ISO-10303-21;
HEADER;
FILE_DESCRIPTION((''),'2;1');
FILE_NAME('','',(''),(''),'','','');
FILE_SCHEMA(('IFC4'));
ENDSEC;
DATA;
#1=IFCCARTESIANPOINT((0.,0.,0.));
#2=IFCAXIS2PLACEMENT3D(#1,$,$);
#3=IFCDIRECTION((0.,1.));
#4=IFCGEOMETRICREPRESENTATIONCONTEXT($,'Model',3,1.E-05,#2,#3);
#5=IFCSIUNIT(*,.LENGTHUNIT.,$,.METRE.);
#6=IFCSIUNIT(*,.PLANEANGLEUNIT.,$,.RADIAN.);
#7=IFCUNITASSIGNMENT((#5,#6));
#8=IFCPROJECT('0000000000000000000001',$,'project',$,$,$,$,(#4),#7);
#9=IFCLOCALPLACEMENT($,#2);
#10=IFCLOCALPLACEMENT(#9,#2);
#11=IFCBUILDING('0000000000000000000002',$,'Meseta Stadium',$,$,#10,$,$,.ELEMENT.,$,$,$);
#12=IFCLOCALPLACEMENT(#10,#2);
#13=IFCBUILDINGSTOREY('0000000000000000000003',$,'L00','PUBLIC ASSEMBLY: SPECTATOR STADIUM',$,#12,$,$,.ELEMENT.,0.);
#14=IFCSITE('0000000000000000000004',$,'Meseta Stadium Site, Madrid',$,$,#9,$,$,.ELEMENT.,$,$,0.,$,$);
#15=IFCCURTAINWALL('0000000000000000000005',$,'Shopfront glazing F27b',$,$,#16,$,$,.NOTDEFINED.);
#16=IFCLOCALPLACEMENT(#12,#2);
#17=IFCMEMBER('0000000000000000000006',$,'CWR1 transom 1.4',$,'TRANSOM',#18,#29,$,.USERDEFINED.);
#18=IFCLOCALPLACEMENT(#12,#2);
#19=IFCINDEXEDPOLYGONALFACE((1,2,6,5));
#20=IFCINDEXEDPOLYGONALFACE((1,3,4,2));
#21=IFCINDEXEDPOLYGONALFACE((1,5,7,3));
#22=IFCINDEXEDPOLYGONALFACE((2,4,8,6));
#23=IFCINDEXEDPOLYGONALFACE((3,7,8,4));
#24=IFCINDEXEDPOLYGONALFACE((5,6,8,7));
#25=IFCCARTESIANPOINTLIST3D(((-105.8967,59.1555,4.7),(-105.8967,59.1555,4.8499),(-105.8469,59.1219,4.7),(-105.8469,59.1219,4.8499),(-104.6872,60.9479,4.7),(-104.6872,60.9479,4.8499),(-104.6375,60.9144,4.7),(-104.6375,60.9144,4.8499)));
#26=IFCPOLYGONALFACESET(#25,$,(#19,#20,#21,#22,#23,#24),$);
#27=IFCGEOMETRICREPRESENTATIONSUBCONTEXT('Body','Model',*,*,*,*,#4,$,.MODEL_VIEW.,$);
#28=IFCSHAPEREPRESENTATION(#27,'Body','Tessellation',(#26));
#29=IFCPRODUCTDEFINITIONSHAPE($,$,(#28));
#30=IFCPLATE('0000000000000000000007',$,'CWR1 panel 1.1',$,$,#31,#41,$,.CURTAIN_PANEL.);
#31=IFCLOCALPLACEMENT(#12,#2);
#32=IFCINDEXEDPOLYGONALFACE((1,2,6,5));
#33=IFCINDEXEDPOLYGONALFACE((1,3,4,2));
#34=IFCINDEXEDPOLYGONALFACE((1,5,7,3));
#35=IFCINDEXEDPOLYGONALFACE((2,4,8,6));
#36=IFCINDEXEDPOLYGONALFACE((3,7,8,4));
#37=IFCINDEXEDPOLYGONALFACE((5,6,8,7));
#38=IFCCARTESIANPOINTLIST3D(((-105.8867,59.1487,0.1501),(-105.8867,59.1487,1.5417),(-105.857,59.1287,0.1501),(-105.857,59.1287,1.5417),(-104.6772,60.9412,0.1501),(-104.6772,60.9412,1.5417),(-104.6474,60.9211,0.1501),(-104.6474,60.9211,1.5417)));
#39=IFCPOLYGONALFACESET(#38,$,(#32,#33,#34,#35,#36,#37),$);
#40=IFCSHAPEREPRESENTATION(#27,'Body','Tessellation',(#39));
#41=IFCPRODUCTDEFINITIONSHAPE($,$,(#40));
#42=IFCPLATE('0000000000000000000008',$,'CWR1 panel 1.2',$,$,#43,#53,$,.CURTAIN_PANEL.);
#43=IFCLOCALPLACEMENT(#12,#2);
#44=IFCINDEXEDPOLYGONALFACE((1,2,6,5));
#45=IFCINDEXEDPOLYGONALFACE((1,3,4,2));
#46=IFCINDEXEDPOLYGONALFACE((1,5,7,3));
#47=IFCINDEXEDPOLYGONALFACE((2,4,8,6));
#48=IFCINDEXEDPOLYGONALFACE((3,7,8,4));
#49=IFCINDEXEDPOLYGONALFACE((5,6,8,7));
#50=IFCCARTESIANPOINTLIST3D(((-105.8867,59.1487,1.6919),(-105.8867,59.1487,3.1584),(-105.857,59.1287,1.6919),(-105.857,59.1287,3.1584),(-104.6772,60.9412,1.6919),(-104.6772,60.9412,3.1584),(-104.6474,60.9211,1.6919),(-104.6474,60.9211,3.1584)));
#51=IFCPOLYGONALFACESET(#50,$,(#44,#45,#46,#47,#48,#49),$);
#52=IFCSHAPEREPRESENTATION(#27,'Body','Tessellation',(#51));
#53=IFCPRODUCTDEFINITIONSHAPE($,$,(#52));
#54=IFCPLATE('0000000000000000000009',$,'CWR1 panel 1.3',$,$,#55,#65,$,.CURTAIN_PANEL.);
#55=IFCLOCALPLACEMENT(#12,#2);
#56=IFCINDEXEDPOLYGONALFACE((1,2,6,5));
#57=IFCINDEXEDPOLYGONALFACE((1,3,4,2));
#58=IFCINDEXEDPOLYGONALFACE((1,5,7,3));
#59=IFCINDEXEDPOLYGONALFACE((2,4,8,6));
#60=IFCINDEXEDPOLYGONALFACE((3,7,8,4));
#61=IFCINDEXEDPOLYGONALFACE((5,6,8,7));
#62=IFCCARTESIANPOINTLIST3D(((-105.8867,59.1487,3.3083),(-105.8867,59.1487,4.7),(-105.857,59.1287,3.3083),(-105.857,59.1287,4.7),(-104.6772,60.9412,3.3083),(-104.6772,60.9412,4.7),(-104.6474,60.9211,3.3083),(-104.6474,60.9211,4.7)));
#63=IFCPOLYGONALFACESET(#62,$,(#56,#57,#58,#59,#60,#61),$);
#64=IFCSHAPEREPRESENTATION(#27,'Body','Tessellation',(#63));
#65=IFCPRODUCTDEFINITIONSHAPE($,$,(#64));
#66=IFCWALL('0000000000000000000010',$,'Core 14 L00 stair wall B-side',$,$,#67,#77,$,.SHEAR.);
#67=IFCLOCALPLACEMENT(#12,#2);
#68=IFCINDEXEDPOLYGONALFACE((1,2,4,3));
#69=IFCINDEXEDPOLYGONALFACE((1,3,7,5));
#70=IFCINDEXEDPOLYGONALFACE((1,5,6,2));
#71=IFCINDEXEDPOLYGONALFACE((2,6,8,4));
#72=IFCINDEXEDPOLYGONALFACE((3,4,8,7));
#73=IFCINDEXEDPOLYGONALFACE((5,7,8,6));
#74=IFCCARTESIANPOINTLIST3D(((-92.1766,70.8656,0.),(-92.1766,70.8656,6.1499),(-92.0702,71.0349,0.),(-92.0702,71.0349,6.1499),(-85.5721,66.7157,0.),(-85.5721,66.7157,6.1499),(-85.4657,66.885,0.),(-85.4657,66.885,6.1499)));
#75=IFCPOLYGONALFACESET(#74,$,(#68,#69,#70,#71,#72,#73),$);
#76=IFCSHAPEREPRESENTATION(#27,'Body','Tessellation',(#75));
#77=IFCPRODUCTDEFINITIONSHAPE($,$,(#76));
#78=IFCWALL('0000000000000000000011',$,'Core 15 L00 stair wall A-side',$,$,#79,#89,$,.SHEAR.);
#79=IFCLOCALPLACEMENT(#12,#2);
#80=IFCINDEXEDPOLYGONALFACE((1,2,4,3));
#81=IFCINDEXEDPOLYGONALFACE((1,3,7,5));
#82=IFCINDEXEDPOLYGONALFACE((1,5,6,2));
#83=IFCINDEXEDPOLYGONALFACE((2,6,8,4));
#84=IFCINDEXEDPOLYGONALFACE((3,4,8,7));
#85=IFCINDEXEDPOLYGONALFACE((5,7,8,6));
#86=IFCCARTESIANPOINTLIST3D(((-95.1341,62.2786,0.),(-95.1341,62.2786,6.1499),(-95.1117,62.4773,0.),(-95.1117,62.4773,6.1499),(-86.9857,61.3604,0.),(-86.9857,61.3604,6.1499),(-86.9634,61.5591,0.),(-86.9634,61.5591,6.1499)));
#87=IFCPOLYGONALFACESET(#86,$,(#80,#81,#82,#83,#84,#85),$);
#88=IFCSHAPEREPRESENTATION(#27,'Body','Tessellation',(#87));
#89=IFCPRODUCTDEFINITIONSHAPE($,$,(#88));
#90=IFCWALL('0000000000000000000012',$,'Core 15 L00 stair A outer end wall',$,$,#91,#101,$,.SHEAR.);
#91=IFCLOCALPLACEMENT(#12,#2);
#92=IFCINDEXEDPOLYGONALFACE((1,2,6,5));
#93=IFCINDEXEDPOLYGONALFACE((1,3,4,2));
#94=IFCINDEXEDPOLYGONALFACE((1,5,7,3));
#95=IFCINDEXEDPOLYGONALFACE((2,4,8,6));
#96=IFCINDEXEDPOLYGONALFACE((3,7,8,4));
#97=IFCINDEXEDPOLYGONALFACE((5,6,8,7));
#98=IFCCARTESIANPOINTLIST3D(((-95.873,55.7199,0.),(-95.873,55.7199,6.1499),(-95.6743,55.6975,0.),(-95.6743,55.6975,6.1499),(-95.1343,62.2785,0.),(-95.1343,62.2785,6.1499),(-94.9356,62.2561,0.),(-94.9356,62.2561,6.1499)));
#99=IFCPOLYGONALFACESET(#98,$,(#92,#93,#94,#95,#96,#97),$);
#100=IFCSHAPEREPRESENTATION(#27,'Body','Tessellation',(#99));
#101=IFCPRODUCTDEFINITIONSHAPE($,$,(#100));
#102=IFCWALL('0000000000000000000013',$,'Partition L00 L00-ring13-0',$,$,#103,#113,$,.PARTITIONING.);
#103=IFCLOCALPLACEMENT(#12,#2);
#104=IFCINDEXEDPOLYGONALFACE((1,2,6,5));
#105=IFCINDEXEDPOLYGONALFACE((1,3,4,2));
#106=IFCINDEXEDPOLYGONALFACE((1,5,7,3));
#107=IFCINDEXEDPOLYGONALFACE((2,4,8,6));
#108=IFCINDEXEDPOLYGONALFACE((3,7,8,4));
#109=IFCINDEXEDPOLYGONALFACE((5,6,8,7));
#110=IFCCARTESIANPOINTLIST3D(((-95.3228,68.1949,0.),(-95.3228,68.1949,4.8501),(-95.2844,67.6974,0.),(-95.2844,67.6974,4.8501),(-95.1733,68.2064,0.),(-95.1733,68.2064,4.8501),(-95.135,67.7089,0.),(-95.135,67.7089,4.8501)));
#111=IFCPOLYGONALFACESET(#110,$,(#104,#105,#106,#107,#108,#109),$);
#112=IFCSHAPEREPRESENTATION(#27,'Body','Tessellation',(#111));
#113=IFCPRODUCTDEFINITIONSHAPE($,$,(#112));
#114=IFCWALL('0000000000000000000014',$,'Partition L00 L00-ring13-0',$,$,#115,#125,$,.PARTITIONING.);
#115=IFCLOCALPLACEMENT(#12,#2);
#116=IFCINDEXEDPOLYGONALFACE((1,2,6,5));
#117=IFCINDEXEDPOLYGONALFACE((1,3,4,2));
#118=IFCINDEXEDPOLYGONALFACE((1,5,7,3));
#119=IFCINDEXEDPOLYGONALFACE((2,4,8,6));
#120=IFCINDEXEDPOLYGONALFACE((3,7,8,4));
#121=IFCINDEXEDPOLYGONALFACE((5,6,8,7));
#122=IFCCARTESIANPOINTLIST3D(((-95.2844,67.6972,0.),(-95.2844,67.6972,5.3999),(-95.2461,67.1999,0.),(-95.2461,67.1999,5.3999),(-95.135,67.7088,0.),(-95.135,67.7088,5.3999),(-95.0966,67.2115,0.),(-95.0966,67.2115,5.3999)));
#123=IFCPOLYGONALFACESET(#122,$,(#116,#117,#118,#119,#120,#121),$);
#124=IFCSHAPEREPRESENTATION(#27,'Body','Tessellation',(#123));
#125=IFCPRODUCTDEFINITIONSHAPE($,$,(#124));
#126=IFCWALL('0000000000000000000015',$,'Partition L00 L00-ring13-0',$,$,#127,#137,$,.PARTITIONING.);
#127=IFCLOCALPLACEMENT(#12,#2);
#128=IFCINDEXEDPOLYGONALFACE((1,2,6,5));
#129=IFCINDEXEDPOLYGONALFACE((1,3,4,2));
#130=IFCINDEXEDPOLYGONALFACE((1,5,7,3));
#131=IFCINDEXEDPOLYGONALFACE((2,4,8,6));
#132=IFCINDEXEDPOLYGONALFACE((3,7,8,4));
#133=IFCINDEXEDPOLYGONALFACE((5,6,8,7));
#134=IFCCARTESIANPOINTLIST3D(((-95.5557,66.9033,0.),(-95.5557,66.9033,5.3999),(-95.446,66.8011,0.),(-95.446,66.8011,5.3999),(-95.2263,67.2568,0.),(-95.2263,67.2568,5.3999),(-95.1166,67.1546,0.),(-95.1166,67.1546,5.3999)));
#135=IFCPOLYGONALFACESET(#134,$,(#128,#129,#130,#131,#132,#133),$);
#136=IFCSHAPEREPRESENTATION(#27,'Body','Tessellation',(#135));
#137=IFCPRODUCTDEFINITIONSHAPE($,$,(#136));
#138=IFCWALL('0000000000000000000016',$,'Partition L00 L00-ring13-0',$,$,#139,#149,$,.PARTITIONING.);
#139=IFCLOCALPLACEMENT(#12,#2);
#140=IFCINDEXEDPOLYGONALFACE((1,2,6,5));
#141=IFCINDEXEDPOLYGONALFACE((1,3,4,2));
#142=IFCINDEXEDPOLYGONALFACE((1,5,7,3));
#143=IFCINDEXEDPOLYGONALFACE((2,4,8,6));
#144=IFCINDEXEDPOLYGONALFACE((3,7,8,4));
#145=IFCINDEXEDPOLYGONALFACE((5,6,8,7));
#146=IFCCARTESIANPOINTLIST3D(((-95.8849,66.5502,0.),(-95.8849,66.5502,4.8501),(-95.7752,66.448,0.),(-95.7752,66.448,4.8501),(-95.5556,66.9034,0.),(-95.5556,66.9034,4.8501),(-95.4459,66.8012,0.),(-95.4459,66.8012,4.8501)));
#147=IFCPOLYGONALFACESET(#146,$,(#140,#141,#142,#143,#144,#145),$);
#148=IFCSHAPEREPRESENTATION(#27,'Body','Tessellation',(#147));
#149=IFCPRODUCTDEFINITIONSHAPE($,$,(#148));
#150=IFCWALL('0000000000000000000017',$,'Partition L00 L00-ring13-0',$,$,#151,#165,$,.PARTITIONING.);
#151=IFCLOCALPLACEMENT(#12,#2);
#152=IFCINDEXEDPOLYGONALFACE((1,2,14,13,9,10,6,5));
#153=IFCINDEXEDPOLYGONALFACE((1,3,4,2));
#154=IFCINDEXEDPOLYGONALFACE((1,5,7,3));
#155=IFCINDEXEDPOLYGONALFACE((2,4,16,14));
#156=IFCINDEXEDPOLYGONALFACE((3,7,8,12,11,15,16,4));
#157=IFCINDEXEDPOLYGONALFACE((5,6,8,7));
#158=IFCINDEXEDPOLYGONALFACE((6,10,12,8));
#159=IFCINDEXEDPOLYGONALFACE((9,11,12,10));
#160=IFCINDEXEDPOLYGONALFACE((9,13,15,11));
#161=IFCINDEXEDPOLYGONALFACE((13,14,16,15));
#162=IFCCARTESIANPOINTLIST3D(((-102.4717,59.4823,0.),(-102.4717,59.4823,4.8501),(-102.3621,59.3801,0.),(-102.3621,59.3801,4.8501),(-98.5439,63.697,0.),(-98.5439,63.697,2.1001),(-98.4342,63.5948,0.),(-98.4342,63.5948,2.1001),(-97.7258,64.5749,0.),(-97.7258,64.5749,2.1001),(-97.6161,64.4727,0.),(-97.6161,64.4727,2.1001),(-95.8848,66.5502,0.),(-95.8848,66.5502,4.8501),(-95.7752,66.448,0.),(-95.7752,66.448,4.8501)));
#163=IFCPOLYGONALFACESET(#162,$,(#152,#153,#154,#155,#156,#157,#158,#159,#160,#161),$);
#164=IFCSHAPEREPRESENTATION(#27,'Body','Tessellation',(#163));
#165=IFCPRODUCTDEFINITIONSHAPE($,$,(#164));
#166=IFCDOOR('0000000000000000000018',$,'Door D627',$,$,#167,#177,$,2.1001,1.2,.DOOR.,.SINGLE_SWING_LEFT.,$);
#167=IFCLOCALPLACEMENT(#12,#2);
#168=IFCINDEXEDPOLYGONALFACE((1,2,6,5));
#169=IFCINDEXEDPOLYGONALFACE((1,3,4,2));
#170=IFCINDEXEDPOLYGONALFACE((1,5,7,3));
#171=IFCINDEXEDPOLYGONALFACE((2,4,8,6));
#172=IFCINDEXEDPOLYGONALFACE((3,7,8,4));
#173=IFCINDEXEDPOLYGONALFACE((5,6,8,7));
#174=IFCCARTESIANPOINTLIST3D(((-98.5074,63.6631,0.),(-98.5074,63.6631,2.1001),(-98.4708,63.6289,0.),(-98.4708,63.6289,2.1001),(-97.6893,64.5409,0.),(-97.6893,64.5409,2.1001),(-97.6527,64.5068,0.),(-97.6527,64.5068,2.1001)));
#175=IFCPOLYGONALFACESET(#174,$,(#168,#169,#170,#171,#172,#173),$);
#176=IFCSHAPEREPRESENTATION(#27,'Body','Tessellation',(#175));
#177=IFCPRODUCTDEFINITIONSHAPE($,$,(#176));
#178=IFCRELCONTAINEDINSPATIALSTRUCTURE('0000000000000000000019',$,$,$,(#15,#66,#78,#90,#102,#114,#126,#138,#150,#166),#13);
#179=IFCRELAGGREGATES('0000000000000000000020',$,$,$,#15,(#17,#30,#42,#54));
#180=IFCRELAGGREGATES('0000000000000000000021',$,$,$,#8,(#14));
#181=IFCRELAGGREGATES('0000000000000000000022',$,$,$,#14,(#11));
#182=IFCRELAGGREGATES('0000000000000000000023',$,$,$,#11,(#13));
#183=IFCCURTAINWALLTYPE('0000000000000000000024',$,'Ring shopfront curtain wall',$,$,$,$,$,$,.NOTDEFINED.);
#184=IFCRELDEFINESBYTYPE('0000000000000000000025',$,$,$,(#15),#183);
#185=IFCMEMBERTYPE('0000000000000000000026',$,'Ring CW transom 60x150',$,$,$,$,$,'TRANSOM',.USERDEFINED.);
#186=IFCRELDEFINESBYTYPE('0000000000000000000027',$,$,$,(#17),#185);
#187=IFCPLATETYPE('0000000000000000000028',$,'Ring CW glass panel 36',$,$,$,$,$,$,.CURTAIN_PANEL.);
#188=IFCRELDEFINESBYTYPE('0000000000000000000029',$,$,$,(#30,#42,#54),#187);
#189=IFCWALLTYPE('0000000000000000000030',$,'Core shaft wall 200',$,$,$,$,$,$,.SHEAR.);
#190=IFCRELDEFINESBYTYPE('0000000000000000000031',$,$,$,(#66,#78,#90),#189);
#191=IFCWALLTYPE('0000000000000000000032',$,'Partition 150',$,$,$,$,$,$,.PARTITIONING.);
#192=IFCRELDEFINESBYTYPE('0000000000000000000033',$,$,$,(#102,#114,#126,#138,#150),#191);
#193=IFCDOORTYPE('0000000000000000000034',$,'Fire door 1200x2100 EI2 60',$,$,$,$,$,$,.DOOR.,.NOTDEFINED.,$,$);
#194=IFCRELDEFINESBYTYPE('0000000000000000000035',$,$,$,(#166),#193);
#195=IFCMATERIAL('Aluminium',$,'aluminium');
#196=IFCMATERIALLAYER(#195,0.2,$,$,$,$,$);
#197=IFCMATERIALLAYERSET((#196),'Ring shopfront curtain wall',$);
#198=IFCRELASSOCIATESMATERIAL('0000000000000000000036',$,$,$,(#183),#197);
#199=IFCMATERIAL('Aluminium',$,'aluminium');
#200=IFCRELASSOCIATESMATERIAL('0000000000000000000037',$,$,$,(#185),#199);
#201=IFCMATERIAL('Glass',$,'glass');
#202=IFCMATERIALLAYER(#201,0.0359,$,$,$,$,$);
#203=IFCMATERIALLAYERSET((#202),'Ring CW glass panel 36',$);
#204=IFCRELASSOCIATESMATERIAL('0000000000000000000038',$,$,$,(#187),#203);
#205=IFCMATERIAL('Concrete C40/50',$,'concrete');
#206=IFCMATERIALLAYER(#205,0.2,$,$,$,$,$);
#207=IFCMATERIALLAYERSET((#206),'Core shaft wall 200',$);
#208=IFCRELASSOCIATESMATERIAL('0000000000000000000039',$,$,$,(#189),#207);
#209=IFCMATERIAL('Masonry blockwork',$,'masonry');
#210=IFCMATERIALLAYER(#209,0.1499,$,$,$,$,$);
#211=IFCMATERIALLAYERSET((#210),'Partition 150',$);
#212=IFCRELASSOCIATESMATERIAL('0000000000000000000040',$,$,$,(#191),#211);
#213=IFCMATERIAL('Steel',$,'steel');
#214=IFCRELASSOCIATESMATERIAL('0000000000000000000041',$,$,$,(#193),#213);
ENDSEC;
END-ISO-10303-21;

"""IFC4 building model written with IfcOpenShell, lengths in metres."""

from ifc_helpers import new_model, si_unit, direction, frame, frame_2d, origin, origin_2d, place, context, subcontext, project, spatial, rectangle, extrude, material, layer, layer_set, material_profile, profile_set, type_object, element, fill, aggregate, save


model = new_model("IFC4")

# Units and contexts
model_context = context("Model", 3, precision=1e-05, world=origin(), true_north=direction((0.0, 1.0)))
body_context = subcontext(model_context, "Body", "Model", "MODEL_VIEW")
ifc_project = project(units=[si_unit("LENGTHUNIT", "METRE"), si_unit("PLANEANGLEUNIT", "RADIAN")], contexts=[model_context])

# Site, building, storey
site_placement = place(None, origin())
site = spatial("IfcSite", under=ifc_project, at=site_placement, Name="Meseta Stadium Site, Madrid", CompositionType="ELEMENT", RefElevation=0.0)
building_placement = place(site_placement, origin())
building = spatial("IfcBuilding", under=site, at=building_placement, Name="Meseta Stadium", CompositionType="ELEMENT")
storey_placement = place(building_placement, origin())
storey = spatial("IfcBuildingStorey", under=building, at=storey_placement, Name="L00", Description="PUBLIC ASSEMBLY: SPECTATOR STADIUM", CompositionType="ELEMENT", Elevation=0.0)

# Shared definitions
ifc_material_1 = material(Name="Aluminium", Category="aluminium")
ifc_layer_1 = layer(ifc_material_1, 0.2)
ifc_layer_set_1 = layer_set([ifc_layer_1], Name="Ring shopfront curtain wall")
curtain_wall_type = type_object("IfcCurtainWallType", Name="Ring shopfront curtain wall", PredefinedType="NOTDEFINED", material=ifc_layer_set_1)

# Curtain wall, member, plates
curtain_wall_1_placement = place(storey_placement, origin())
curtain_wall_1 = element("IfcCurtainWall", 1, at=curtain_wall_1_placement, inside=storey, type_object=curtain_wall_type, Name="Shopfront glazing F27b", PredefinedType="NOTDEFINED")
ifc_material_2 = material(Name="Aluminium", Category="aluminium")
ifc_material_profile_1 = material_profile(ifc_material_2, rectangle(XDim=0.0601, YDim=0.1499, at=origin_2d()), Name="CW 60x150")
ifc_profile_set_1 = profile_set([ifc_material_profile_1], Name="Aluminium")
member_type_1 = type_object("IfcMemberType", Name="Ring CW transom 60x150", ElementType="TRANSOM", PredefinedType="USERDEFINED", material=ifc_profile_set_1)
member_1_placement = place(storey_placement, frame((-104.6624, 60.9312, 4.7749), z_axis=(-0.559329, -0.828946, 0.0), x_axis=(0.828946, -0.559329, 0.0)))
member_1 = element("IfcMember", 2, at=member_1_placement, type_object=member_type_1, Name="CWR1 transom 1.4", ObjectType="TRANSOM", PredefinedType="USERDEFINED", context=body_context, shape_type="SweptSolid", body=[
    extrude(rectangle(XDim=0.0601, YDim=0.1499, at=origin_2d()), origin(), (0.0, 0.0, 1.0), 2.1624),
])
ifc_material_3 = material(Name="Glass", Category="glass")
ifc_layer_2 = layer(ifc_material_3, 0.0359)
ifc_layer_set_2 = layer_set([ifc_layer_2], Name="Ring CW glass panel 36")
plate_type = type_object("IfcPlateType", Name="Ring CW glass panel 36", PredefinedType="CURTAIN_PANEL", material=ifc_layer_set_2)
plate_1_placement = place(storey_placement, frame((-105.2671, 60.0349, 0.1501), z_axis=(0.0, 0.0, 1.0), x_axis=(-0.559368, -0.828919, 0.0)))
plate_1 = element("IfcPlate", 3, at=plate_1_placement, type_object=plate_type, Name="CWR1 panel 1.1", PredefinedType="CURTAIN_PANEL", context=body_context, shape_type="SweptSolid", body=[
    extrude(rectangle(XDim=2.1624, YDim=0.0359, at=origin_2d()), origin(), (0.0, 0.0, 1.0), 1.3916),
])
plate_2_placement = place(storey_placement, frame((-105.2671, 60.0349, 1.6919), z_axis=(0.0, 0.0, 1.0), x_axis=(-0.559368, -0.828919, 0.0)))
plate_2 = element("IfcPlate", 4, at=plate_2_placement, type_object=plate_type, Name="CWR1 panel 1.2", PredefinedType="CURTAIN_PANEL", context=body_context, shape_type="SweptSolid", body=[
    extrude(rectangle(XDim=2.1624, YDim=0.0359, at=origin_2d()), origin(), (0.0, 0.0, 1.0), 1.4666),
])
plate_3_placement = place(storey_placement, frame((-105.2671, 60.0349, 3.3083), z_axis=(0.0, 0.0, 1.0), x_axis=(-0.559368, -0.828919, 0.0)))
plate_3 = element("IfcPlate", 5, at=plate_3_placement, type_object=plate_type, Name="CWR1 panel 1.3", PredefinedType="CURTAIN_PANEL", context=body_context, shape_type="SweptSolid", body=[
    extrude(rectangle(XDim=2.1624, YDim=0.0359, at=origin_2d()), origin(), (0.0, 0.0, 1.0), 1.3916),
])
aggregate(curtain_wall_1, [member_1, plate_1, plate_2, plate_3])

# Walls
ifc_material_4 = material(Name="Concrete C40/50", Category="concrete")
ifc_layer_3 = layer(ifc_material_4, 0.2)
ifc_layer_set_3 = layer_set([ifc_layer_3], Name="Core shaft wall 200")
wall_type_1 = type_object("IfcWallType", Name="Core shaft wall 200", PredefinedType="SHEAR", material=ifc_layer_set_3)
wall_1_placement = place(storey_placement, frame((-92.1233, 70.9502, 0.0), z_axis=(0.0, 0.0, 1.0), x_axis=(0.846723, -0.532034, 0.0)))
element("IfcWall", 6, at=wall_1_placement, inside=storey, type_object=wall_type_1, Name="Core 14 L00 stair wall B-side", PredefinedType="SHEAR", context=body_context, shape_type="SweptSolid", body=[
    extrude(rectangle(XDim=7.8, YDim=0.2, at=frame_2d((3.8999, 0.0))), origin(), (0.0, 0.0, 1.0), 6.1499),
])
wall_2_placement = place(storey_placement, frame((-95.123, 62.3779, 0.0), z_axis=(0.0, 0.0, 1.0), x_axis=(0.993711, -0.111977, 0.0)))
element("IfcWall", 7, at=wall_2_placement, inside=storey, type_object=wall_type_1, Name="Core 15 L00 stair wall A-side", PredefinedType="SHEAR", context=body_context, shape_type="SweptSolid", body=[
    extrude(rectangle(XDim=8.2, YDim=0.2, at=frame_2d((4.1001, 0.0))), origin(), (0.0, 0.0, 1.0), 6.1499),
])
wall_3_placement = place(storey_placement, frame((-95.0349, 62.2673, 0.0), z_axis=(0.0, 0.0, 1.0), x_axis=(-0.111934, -0.993716, 0.0)))
element("IfcWall", 8, at=wall_3_placement, inside=storey, type_object=wall_type_1, Name="Core 15 L00 stair A outer end wall", PredefinedType="SHEAR", context=body_context, shape_type="SweptSolid", body=[
    extrude(rectangle(XDim=6.6001, YDim=0.2, at=frame_2d((3.3, 0.0))), origin(), (0.0, 0.0, 1.0), 6.1499),
])
ifc_material_5 = material(Name="Masonry blockwork", Category="masonry")
ifc_layer_4 = layer(ifc_material_5, 0.1499)
ifc_layer_set_4 = layer_set([ifc_layer_4], Name="Partition 150")
wall_type_2 = type_object("IfcWallType", Name="Partition 150", PredefinedType="PARTITIONING", material=ifc_layer_set_4)
wall_4_placement = place(storey_placement, frame((-95.248, 68.2007, 0.0), z_axis=(0.0, 0.0, 1.0), x_axis=(0.076809, -0.997046, 0.0)))
element("IfcWall", 9, at=wall_4_placement, inside=storey, type_object=wall_type_2, Name="Partition L00 L00-ring13-0", PredefinedType="PARTITIONING", context=body_context, shape_type="SweptSolid", body=[
    extrude(rectangle(XDim=0.499, YDim=0.1499, at=frame_2d((0.2495, 0.0))), origin(), (0.0, 0.0, 1.0), 4.8501),
])
wall_5_placement = place(storey_placement, frame((-95.2097, 67.7031, 0.0), z_axis=(0.0, 0.0, 1.0), x_axis=(0.076846, -0.997043, 0.0)))
element("IfcWall", 10, at=wall_5_placement, inside=storey, type_object=wall_type_2, Name="Partition L00 L00-ring13-0", PredefinedType="PARTITIONING", context=body_context, shape_type="SweptSolid", body=[
    extrude(rectangle(XDim=0.4988, YDim=0.1499, at=frame_2d((0.2495, 0.0))), origin(), (0.0, 0.0, 1.0), 5.3999),
])
wall_6_placement = place(storey_placement, frame((-95.1714, 67.2058, 0.0), z_axis=(0.0, 0.0, 1.0), x_axis=(-0.681652, -0.731677, 0.0)))
element("IfcWall", 11, at=wall_6_placement, inside=storey, type_object=wall_type_2, Name="Partition L00 L00-ring13-0", PredefinedType="PARTITIONING", context=body_context, shape_type="SweptSolid", body=[
    extrude(rectangle(XDim=0.4832, YDim=0.1499, at=frame_2d((0.2417, 0.0))), origin(), (0.0, 0.0, 1.0), 5.3999),
])
wall_7_placement = place(storey_placement, frame((-95.5007, 66.8523, 0.0), z_axis=(0.0, 0.0, 1.0), x_axis=(-0.681904, -0.731442, 0.0)))
element("IfcWall", 12, at=wall_7_placement, inside=storey, type_object=wall_type_2, Name="Partition L00 L00-ring13-0", PredefinedType="PARTITIONING", context=body_context, shape_type="SweptSolid", body=[
    extrude(rectangle(XDim=0.4829, YDim=0.1499, at=frame_2d((0.2415, 0.0))), origin(), (0.0, 0.0, 1.0), 4.8501),
])

# Wall, opening, door
wall_8_placement = place(storey_placement, frame((-95.8301, 66.499, 0.0), z_axis=(0.0, 0.0, 1.0), x_axis=(-0.681778, -0.731559, 0.0)))
wall_8 = element("IfcWall", 13, at=wall_8_placement, inside=storey, type_object=wall_type_2, Name="Partition L00 L00-ring13-0", PredefinedType="PARTITIONING", context=body_context, shape_type="SweptSolid", body=[
    extrude(rectangle(XDim=9.6614, YDim=0.1499, at=frame_2d((4.8306, 0.0))), origin(), (0.0, 0.0, 1.0), 4.8501),
])
opening_1_placement = place(wall_8_placement, frame((2.7, 0.0, 0.0)))
opening_1 = element("IfcOpeningElement", 14, at=opening_1_placement, cuts=wall_8, PredefinedType="OPENING", context=body_context, shape_type="SweptSolid", body=[
    extrude(rectangle(XDim=1.2, YDim=2.1001, at=frame_2d((0.6001, 1.05))), frame((0.0, 0.085, 0.0), z_axis=(0.0, -1.0, 0.0), x_axis=(1.0, 0.0, 0.0)), (0.0, 0.0, 1.0), 0.1699),
])
ifc_material_6 = material(Name="Steel", Category="steel")
door_type_1 = type_object("IfcDoorType", Name="Fire door 1200x2100 EI2 60", OperationType="NOTDEFINED", PredefinedType="DOOR", material=ifc_material_6)
door_1_placement = place(opening_1_placement, origin())
door_1 = element("IfcDoor", 15, at=door_1_placement, inside=storey, type_object=door_type_1, Name="Door D627", OperationType="SINGLE_SWING_LEFT", OverallHeight=2.1001, OverallWidth=1.2, PredefinedType="DOOR", context=body_context, shape_type="SweptSolid", body=[
    extrude(rectangle(XDim=1.2, YDim=2.1001, at=frame_2d((0.6001, 1.05))), frame((0.0, 0.0249, 0.0), z_axis=(0.0, -1.0, 0.0), x_axis=(1.0, 0.0, 0.0)), (0.0, 0.0, 1.0), 0.05),
])
fill(opening_1, door_1)

save(model, "model.ifc")
